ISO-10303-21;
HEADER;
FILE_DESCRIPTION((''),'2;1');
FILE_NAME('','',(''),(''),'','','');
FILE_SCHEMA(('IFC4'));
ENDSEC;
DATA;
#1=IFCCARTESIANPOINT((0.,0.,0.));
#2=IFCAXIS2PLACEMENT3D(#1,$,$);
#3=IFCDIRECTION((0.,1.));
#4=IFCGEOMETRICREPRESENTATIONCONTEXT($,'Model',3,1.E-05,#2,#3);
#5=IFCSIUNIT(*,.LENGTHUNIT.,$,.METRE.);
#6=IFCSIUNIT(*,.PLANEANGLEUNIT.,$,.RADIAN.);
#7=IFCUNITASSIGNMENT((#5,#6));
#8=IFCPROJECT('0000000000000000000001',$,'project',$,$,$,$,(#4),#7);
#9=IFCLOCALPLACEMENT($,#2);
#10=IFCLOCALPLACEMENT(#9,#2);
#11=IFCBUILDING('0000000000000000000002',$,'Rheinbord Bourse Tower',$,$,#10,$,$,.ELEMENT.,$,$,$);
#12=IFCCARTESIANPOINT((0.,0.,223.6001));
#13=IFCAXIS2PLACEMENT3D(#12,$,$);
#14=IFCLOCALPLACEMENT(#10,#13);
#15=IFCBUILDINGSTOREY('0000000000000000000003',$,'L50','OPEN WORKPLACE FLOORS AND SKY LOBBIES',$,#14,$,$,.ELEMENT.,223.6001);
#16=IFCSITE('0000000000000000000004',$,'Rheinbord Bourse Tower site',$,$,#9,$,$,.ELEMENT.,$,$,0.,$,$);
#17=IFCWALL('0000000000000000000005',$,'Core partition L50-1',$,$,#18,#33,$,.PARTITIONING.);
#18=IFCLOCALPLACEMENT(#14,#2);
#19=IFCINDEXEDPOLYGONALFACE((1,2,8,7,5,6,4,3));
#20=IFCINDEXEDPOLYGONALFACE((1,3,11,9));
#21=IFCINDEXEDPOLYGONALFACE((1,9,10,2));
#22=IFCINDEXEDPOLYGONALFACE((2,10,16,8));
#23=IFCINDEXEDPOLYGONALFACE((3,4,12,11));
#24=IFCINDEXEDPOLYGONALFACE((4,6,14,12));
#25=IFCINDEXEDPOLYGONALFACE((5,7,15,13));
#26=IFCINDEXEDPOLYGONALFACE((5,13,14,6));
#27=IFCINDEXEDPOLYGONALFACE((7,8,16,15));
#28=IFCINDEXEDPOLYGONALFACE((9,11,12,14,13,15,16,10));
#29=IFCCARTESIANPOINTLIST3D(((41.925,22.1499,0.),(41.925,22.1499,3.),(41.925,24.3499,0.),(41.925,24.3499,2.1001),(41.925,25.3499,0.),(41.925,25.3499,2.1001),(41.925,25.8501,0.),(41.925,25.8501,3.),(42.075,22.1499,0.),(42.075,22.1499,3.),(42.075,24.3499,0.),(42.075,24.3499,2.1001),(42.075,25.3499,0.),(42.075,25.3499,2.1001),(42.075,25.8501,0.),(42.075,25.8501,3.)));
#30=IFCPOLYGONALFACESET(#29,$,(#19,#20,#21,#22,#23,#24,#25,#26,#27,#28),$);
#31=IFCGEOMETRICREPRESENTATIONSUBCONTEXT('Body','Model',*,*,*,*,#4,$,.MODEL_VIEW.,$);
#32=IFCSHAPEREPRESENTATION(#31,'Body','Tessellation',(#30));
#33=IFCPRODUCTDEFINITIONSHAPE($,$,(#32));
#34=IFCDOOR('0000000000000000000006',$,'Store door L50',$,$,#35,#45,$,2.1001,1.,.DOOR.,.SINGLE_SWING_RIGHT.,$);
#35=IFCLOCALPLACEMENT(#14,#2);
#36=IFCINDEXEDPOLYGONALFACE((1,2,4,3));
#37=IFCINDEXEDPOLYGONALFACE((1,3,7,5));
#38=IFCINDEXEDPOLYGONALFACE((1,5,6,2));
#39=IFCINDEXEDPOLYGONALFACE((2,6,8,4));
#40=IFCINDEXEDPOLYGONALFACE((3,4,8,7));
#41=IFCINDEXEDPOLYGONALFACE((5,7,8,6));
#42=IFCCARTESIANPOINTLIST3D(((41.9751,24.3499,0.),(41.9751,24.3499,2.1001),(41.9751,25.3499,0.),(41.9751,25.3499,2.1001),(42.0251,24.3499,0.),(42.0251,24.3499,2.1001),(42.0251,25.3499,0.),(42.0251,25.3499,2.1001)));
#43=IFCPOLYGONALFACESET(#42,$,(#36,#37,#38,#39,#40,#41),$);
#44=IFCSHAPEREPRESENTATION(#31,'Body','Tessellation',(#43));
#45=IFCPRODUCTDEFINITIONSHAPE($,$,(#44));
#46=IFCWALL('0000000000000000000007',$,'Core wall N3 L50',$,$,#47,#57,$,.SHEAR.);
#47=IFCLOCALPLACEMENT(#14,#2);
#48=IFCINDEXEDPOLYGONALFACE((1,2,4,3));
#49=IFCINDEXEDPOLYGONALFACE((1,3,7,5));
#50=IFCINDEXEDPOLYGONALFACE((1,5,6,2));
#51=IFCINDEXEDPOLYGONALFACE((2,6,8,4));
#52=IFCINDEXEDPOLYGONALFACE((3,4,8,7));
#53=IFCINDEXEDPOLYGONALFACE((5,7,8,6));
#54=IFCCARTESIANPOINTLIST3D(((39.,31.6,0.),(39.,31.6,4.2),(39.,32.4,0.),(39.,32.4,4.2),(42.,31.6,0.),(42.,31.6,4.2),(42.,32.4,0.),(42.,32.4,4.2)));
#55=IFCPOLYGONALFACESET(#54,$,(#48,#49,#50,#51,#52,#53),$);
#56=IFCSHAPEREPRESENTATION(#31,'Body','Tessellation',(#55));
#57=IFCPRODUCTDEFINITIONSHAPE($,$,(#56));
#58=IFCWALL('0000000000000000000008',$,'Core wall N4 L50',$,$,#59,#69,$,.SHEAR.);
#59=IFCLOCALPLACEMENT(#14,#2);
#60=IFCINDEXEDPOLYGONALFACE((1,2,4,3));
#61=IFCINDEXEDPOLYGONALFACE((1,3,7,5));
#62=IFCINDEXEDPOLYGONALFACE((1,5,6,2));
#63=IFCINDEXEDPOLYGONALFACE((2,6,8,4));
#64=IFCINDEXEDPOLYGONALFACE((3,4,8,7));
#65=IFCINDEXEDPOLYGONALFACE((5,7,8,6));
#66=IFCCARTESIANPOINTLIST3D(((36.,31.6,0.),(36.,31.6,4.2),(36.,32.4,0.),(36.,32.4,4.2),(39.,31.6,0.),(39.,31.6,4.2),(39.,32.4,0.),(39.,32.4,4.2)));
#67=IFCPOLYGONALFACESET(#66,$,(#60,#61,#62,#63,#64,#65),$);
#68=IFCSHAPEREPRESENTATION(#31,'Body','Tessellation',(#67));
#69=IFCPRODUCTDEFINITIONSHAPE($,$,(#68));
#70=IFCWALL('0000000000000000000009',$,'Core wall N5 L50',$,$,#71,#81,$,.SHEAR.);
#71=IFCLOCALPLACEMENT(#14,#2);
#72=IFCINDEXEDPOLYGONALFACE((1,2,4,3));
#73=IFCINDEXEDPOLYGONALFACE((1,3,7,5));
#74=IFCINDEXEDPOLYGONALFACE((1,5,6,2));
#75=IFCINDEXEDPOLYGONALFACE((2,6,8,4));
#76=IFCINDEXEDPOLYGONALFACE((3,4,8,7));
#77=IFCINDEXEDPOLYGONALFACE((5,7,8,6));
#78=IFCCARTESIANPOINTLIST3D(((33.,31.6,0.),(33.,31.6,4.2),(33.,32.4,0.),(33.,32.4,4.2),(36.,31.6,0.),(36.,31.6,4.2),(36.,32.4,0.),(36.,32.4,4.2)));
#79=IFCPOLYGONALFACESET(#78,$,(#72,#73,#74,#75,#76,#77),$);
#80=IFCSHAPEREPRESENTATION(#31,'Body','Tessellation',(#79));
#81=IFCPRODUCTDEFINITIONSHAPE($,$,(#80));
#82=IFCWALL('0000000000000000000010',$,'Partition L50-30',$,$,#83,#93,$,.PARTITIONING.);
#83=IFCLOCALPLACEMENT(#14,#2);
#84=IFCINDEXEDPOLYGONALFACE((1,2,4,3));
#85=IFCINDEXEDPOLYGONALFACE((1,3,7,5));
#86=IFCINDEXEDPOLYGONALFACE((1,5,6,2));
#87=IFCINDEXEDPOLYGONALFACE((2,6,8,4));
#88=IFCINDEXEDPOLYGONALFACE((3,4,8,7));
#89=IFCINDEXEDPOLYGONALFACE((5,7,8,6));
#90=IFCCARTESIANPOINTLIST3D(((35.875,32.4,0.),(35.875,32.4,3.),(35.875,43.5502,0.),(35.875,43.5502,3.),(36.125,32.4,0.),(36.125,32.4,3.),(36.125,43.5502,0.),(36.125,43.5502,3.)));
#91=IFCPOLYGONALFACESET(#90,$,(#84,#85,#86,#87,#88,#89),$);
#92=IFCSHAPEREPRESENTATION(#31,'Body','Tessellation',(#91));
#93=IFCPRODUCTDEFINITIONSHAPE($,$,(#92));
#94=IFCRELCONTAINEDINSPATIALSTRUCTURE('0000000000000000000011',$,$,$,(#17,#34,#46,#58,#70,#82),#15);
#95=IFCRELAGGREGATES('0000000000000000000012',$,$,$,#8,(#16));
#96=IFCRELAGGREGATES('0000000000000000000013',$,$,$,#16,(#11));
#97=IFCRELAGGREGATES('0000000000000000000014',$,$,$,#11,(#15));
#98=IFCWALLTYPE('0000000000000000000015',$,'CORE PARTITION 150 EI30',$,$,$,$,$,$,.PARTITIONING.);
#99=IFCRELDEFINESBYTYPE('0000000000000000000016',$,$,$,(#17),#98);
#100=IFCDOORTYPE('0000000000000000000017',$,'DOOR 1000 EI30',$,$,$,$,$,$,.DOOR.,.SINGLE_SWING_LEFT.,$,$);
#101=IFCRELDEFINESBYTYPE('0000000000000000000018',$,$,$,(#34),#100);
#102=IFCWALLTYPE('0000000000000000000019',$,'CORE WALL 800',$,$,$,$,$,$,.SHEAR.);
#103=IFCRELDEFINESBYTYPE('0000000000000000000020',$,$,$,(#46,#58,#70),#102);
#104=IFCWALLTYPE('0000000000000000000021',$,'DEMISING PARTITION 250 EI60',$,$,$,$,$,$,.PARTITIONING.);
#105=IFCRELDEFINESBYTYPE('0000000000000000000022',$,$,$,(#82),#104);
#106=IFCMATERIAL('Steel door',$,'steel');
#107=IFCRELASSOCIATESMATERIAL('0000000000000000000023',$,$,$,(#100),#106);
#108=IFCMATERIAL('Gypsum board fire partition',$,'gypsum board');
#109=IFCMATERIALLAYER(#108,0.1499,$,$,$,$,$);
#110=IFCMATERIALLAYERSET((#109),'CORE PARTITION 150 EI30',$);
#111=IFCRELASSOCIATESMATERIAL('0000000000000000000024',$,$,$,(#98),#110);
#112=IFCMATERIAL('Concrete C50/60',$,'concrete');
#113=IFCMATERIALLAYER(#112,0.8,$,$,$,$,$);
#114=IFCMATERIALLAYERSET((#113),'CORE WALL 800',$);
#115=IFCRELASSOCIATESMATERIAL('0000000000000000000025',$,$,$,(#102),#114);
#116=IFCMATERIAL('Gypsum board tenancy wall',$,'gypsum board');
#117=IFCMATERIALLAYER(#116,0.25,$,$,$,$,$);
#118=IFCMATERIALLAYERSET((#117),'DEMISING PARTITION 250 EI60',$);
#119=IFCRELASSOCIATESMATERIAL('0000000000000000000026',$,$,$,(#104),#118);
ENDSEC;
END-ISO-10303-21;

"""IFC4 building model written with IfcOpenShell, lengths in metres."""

from ifc_helpers import new_model, si_unit, direction, frame, frame_2d, origin, place, context, subcontext, project, spatial, rectangle, extrude, material, layer, layer_set, type_object, element, fill, save


model = new_model("IFC4")

# Units and contexts
model_context = context("Model", 3, precision=1e-05, world=origin(), true_north=direction((0.0, 1.0)))
body_context = subcontext(model_context, "Body", "Model", "MODEL_VIEW")
ifc_project = project(units=[si_unit("LENGTHUNIT", "METRE"), si_unit("PLANEANGLEUNIT", "RADIAN")], contexts=[model_context])

# Site, building, storey
site_placement = place(None, origin())
site = spatial("IfcSite", under=ifc_project, at=site_placement, Name="Rheinbord Bourse Tower site", CompositionType="ELEMENT", RefElevation=0.0)
building_placement = place(site_placement, origin())
building = spatial("IfcBuilding", under=site, at=building_placement, Name="Rheinbord Bourse Tower", CompositionType="ELEMENT")
storey_placement = place(building_placement, frame((0.0, 0.0, 223.6001)))
storey = spatial("IfcBuildingStorey", under=building, at=storey_placement, Name="L50", Description="OPEN WORKPLACE FLOORS AND SKY LOBBIES", CompositionType="ELEMENT", Elevation=223.6001)

# Shared definitions
ifc_material_1 = material(Name="Steel door", Category="steel")
door_type_1 = type_object("IfcDoorType", Name="DOOR 1000 EI30", OperationType="SINGLE_SWING_LEFT", PredefinedType="DOOR", material=ifc_material_1)

# Wall, opening, door
ifc_material_2 = material(Name="Gypsum board fire partition", Category="gypsum board")
ifc_layer_1 = layer(ifc_material_2, 0.1499)
ifc_layer_set_1 = layer_set([ifc_layer_1], Name="CORE PARTITION 150 EI30")
wall_type_1 = type_object("IfcWallType", Name="CORE PARTITION 150 EI30", PredefinedType="PARTITIONING", material=ifc_layer_set_1)
wall_1_placement = place(storey_placement, frame((42.0, 22.1499, 0.0), z_axis=(0.0, 0.0, 1.0), x_axis=(0.0, 1.0, 0.0)))
wall_1 = element("IfcWall", 1, at=wall_1_placement, inside=storey, type_object=wall_type_1, Name="Core partition L50-1", PredefinedType="PARTITIONING", context=body_context, shape_type="SweptSolid", body=[
    extrude(rectangle(XDim=3.7002, YDim=0.1499, at=frame_2d((1.8501, 0.0))), origin(), (0.0, 0.0, 1.0), 3.0),
])
opening_1_placement = place(wall_1_placement, frame((2.2, 0.0, 0.0)))
opening_1 = element("IfcOpeningElement", 2, at=opening_1_placement, cuts=wall_1, PredefinedType="OPENING", context=body_context, shape_type="SweptSolid", body=[
    extrude(rectangle(XDim=1.0, YDim=2.1001, at=frame_2d((0.5, 1.05))), frame((0.0, 0.085, 0.0), z_axis=(0.0, -1.0, 0.0), x_axis=(1.0, 0.0, 0.0)), (0.0, 0.0, 1.0), 0.1699),
])
door_1_placement = place(opening_1_placement, origin())
door_1 = element("IfcDoor", 3, at=door_1_placement, inside=storey, type_object=door_type_1, Name="Store door L50", OperationType="SINGLE_SWING_RIGHT", OverallHeight=2.1001, OverallWidth=1.0, PredefinedType="DOOR", context=body_context, shape_type="SweptSolid", body=[
    extrude(rectangle(XDim=1.0, YDim=2.1001, at=frame_2d((0.5, 1.05))), frame((0.0, 0.0249, 0.0), z_axis=(0.0, -1.0, 0.0), x_axis=(1.0, 0.0, 0.0)), (0.0, 0.0, 1.0), 0.05),
])
fill(opening_1, door_1)

# Walls
ifc_material_3 = material(Name="Concrete C50/60", Category="concrete")
ifc_layer_2 = layer(ifc_material_3, 0.8)
ifc_layer_set_2 = layer_set([ifc_layer_2], Name="CORE WALL 800")
wall_type_2 = type_object("IfcWallType", Name="CORE WALL 800", PredefinedType="SHEAR", material=ifc_layer_set_2)
for number, where, z_axis, x_axis, name in (
    (4, (42.0, 32.0, 0.0), (0.0, 0.0, 1.0), (-1.0, 0.0, 0.0), "Core wall N3 L50"),
    (5, (39.0, 32.0, 0.0), (0.0, 0.0, 1.0), (-1.0, 0.0, 0.0), "Core wall N4 L50"),
    (6, (36.0, 32.0, 0.0), (0.0, 0.0, 1.0), (-1.0, 0.0, 0.0), "Core wall N5 L50"),
):
    element("IfcWall", number, at=place(storey_placement, frame(where, z_axis=z_axis, x_axis=x_axis)), inside=storey, type_object=wall_type_2, Name=name, PredefinedType="SHEAR", context=body_context, shape_type="SweptSolid", body=[
        extrude(rectangle(XDim=3.0, YDim=0.8, at=frame_2d((1.5, 0.0))), origin(), (0.0, 0.0, 1.0), 4.2),
    ])
ifc_material_4 = material(Name="Gypsum board tenancy wall", Category="gypsum board")
ifc_layer_3 = layer(ifc_material_4, 0.25)
ifc_layer_set_3 = layer_set([ifc_layer_3], Name="DEMISING PARTITION 250 EI60")
wall_type_3 = type_object("IfcWallType", Name="DEMISING PARTITION 250 EI60", PredefinedType="PARTITIONING", material=ifc_layer_set_3)
wall_2_placement = place(storey_placement, frame((36.0, 32.3999, 0.0), z_axis=(0.0, 0.0, 1.0), x_axis=(0.0, 1.0, 0.0)))
element("IfcWall", 7, at=wall_2_placement, inside=storey, type_object=wall_type_3, Name="Partition L50-30", PredefinedType="PARTITIONING", context=body_context, shape_type="SweptSolid", body=[
    extrude(rectangle(XDim=11.1501, YDim=0.25, at=frame_2d((5.5752, 0.0))), origin(), (0.0, 0.0, 1.0), 3.0),
])

save(model, "model.ifc")
